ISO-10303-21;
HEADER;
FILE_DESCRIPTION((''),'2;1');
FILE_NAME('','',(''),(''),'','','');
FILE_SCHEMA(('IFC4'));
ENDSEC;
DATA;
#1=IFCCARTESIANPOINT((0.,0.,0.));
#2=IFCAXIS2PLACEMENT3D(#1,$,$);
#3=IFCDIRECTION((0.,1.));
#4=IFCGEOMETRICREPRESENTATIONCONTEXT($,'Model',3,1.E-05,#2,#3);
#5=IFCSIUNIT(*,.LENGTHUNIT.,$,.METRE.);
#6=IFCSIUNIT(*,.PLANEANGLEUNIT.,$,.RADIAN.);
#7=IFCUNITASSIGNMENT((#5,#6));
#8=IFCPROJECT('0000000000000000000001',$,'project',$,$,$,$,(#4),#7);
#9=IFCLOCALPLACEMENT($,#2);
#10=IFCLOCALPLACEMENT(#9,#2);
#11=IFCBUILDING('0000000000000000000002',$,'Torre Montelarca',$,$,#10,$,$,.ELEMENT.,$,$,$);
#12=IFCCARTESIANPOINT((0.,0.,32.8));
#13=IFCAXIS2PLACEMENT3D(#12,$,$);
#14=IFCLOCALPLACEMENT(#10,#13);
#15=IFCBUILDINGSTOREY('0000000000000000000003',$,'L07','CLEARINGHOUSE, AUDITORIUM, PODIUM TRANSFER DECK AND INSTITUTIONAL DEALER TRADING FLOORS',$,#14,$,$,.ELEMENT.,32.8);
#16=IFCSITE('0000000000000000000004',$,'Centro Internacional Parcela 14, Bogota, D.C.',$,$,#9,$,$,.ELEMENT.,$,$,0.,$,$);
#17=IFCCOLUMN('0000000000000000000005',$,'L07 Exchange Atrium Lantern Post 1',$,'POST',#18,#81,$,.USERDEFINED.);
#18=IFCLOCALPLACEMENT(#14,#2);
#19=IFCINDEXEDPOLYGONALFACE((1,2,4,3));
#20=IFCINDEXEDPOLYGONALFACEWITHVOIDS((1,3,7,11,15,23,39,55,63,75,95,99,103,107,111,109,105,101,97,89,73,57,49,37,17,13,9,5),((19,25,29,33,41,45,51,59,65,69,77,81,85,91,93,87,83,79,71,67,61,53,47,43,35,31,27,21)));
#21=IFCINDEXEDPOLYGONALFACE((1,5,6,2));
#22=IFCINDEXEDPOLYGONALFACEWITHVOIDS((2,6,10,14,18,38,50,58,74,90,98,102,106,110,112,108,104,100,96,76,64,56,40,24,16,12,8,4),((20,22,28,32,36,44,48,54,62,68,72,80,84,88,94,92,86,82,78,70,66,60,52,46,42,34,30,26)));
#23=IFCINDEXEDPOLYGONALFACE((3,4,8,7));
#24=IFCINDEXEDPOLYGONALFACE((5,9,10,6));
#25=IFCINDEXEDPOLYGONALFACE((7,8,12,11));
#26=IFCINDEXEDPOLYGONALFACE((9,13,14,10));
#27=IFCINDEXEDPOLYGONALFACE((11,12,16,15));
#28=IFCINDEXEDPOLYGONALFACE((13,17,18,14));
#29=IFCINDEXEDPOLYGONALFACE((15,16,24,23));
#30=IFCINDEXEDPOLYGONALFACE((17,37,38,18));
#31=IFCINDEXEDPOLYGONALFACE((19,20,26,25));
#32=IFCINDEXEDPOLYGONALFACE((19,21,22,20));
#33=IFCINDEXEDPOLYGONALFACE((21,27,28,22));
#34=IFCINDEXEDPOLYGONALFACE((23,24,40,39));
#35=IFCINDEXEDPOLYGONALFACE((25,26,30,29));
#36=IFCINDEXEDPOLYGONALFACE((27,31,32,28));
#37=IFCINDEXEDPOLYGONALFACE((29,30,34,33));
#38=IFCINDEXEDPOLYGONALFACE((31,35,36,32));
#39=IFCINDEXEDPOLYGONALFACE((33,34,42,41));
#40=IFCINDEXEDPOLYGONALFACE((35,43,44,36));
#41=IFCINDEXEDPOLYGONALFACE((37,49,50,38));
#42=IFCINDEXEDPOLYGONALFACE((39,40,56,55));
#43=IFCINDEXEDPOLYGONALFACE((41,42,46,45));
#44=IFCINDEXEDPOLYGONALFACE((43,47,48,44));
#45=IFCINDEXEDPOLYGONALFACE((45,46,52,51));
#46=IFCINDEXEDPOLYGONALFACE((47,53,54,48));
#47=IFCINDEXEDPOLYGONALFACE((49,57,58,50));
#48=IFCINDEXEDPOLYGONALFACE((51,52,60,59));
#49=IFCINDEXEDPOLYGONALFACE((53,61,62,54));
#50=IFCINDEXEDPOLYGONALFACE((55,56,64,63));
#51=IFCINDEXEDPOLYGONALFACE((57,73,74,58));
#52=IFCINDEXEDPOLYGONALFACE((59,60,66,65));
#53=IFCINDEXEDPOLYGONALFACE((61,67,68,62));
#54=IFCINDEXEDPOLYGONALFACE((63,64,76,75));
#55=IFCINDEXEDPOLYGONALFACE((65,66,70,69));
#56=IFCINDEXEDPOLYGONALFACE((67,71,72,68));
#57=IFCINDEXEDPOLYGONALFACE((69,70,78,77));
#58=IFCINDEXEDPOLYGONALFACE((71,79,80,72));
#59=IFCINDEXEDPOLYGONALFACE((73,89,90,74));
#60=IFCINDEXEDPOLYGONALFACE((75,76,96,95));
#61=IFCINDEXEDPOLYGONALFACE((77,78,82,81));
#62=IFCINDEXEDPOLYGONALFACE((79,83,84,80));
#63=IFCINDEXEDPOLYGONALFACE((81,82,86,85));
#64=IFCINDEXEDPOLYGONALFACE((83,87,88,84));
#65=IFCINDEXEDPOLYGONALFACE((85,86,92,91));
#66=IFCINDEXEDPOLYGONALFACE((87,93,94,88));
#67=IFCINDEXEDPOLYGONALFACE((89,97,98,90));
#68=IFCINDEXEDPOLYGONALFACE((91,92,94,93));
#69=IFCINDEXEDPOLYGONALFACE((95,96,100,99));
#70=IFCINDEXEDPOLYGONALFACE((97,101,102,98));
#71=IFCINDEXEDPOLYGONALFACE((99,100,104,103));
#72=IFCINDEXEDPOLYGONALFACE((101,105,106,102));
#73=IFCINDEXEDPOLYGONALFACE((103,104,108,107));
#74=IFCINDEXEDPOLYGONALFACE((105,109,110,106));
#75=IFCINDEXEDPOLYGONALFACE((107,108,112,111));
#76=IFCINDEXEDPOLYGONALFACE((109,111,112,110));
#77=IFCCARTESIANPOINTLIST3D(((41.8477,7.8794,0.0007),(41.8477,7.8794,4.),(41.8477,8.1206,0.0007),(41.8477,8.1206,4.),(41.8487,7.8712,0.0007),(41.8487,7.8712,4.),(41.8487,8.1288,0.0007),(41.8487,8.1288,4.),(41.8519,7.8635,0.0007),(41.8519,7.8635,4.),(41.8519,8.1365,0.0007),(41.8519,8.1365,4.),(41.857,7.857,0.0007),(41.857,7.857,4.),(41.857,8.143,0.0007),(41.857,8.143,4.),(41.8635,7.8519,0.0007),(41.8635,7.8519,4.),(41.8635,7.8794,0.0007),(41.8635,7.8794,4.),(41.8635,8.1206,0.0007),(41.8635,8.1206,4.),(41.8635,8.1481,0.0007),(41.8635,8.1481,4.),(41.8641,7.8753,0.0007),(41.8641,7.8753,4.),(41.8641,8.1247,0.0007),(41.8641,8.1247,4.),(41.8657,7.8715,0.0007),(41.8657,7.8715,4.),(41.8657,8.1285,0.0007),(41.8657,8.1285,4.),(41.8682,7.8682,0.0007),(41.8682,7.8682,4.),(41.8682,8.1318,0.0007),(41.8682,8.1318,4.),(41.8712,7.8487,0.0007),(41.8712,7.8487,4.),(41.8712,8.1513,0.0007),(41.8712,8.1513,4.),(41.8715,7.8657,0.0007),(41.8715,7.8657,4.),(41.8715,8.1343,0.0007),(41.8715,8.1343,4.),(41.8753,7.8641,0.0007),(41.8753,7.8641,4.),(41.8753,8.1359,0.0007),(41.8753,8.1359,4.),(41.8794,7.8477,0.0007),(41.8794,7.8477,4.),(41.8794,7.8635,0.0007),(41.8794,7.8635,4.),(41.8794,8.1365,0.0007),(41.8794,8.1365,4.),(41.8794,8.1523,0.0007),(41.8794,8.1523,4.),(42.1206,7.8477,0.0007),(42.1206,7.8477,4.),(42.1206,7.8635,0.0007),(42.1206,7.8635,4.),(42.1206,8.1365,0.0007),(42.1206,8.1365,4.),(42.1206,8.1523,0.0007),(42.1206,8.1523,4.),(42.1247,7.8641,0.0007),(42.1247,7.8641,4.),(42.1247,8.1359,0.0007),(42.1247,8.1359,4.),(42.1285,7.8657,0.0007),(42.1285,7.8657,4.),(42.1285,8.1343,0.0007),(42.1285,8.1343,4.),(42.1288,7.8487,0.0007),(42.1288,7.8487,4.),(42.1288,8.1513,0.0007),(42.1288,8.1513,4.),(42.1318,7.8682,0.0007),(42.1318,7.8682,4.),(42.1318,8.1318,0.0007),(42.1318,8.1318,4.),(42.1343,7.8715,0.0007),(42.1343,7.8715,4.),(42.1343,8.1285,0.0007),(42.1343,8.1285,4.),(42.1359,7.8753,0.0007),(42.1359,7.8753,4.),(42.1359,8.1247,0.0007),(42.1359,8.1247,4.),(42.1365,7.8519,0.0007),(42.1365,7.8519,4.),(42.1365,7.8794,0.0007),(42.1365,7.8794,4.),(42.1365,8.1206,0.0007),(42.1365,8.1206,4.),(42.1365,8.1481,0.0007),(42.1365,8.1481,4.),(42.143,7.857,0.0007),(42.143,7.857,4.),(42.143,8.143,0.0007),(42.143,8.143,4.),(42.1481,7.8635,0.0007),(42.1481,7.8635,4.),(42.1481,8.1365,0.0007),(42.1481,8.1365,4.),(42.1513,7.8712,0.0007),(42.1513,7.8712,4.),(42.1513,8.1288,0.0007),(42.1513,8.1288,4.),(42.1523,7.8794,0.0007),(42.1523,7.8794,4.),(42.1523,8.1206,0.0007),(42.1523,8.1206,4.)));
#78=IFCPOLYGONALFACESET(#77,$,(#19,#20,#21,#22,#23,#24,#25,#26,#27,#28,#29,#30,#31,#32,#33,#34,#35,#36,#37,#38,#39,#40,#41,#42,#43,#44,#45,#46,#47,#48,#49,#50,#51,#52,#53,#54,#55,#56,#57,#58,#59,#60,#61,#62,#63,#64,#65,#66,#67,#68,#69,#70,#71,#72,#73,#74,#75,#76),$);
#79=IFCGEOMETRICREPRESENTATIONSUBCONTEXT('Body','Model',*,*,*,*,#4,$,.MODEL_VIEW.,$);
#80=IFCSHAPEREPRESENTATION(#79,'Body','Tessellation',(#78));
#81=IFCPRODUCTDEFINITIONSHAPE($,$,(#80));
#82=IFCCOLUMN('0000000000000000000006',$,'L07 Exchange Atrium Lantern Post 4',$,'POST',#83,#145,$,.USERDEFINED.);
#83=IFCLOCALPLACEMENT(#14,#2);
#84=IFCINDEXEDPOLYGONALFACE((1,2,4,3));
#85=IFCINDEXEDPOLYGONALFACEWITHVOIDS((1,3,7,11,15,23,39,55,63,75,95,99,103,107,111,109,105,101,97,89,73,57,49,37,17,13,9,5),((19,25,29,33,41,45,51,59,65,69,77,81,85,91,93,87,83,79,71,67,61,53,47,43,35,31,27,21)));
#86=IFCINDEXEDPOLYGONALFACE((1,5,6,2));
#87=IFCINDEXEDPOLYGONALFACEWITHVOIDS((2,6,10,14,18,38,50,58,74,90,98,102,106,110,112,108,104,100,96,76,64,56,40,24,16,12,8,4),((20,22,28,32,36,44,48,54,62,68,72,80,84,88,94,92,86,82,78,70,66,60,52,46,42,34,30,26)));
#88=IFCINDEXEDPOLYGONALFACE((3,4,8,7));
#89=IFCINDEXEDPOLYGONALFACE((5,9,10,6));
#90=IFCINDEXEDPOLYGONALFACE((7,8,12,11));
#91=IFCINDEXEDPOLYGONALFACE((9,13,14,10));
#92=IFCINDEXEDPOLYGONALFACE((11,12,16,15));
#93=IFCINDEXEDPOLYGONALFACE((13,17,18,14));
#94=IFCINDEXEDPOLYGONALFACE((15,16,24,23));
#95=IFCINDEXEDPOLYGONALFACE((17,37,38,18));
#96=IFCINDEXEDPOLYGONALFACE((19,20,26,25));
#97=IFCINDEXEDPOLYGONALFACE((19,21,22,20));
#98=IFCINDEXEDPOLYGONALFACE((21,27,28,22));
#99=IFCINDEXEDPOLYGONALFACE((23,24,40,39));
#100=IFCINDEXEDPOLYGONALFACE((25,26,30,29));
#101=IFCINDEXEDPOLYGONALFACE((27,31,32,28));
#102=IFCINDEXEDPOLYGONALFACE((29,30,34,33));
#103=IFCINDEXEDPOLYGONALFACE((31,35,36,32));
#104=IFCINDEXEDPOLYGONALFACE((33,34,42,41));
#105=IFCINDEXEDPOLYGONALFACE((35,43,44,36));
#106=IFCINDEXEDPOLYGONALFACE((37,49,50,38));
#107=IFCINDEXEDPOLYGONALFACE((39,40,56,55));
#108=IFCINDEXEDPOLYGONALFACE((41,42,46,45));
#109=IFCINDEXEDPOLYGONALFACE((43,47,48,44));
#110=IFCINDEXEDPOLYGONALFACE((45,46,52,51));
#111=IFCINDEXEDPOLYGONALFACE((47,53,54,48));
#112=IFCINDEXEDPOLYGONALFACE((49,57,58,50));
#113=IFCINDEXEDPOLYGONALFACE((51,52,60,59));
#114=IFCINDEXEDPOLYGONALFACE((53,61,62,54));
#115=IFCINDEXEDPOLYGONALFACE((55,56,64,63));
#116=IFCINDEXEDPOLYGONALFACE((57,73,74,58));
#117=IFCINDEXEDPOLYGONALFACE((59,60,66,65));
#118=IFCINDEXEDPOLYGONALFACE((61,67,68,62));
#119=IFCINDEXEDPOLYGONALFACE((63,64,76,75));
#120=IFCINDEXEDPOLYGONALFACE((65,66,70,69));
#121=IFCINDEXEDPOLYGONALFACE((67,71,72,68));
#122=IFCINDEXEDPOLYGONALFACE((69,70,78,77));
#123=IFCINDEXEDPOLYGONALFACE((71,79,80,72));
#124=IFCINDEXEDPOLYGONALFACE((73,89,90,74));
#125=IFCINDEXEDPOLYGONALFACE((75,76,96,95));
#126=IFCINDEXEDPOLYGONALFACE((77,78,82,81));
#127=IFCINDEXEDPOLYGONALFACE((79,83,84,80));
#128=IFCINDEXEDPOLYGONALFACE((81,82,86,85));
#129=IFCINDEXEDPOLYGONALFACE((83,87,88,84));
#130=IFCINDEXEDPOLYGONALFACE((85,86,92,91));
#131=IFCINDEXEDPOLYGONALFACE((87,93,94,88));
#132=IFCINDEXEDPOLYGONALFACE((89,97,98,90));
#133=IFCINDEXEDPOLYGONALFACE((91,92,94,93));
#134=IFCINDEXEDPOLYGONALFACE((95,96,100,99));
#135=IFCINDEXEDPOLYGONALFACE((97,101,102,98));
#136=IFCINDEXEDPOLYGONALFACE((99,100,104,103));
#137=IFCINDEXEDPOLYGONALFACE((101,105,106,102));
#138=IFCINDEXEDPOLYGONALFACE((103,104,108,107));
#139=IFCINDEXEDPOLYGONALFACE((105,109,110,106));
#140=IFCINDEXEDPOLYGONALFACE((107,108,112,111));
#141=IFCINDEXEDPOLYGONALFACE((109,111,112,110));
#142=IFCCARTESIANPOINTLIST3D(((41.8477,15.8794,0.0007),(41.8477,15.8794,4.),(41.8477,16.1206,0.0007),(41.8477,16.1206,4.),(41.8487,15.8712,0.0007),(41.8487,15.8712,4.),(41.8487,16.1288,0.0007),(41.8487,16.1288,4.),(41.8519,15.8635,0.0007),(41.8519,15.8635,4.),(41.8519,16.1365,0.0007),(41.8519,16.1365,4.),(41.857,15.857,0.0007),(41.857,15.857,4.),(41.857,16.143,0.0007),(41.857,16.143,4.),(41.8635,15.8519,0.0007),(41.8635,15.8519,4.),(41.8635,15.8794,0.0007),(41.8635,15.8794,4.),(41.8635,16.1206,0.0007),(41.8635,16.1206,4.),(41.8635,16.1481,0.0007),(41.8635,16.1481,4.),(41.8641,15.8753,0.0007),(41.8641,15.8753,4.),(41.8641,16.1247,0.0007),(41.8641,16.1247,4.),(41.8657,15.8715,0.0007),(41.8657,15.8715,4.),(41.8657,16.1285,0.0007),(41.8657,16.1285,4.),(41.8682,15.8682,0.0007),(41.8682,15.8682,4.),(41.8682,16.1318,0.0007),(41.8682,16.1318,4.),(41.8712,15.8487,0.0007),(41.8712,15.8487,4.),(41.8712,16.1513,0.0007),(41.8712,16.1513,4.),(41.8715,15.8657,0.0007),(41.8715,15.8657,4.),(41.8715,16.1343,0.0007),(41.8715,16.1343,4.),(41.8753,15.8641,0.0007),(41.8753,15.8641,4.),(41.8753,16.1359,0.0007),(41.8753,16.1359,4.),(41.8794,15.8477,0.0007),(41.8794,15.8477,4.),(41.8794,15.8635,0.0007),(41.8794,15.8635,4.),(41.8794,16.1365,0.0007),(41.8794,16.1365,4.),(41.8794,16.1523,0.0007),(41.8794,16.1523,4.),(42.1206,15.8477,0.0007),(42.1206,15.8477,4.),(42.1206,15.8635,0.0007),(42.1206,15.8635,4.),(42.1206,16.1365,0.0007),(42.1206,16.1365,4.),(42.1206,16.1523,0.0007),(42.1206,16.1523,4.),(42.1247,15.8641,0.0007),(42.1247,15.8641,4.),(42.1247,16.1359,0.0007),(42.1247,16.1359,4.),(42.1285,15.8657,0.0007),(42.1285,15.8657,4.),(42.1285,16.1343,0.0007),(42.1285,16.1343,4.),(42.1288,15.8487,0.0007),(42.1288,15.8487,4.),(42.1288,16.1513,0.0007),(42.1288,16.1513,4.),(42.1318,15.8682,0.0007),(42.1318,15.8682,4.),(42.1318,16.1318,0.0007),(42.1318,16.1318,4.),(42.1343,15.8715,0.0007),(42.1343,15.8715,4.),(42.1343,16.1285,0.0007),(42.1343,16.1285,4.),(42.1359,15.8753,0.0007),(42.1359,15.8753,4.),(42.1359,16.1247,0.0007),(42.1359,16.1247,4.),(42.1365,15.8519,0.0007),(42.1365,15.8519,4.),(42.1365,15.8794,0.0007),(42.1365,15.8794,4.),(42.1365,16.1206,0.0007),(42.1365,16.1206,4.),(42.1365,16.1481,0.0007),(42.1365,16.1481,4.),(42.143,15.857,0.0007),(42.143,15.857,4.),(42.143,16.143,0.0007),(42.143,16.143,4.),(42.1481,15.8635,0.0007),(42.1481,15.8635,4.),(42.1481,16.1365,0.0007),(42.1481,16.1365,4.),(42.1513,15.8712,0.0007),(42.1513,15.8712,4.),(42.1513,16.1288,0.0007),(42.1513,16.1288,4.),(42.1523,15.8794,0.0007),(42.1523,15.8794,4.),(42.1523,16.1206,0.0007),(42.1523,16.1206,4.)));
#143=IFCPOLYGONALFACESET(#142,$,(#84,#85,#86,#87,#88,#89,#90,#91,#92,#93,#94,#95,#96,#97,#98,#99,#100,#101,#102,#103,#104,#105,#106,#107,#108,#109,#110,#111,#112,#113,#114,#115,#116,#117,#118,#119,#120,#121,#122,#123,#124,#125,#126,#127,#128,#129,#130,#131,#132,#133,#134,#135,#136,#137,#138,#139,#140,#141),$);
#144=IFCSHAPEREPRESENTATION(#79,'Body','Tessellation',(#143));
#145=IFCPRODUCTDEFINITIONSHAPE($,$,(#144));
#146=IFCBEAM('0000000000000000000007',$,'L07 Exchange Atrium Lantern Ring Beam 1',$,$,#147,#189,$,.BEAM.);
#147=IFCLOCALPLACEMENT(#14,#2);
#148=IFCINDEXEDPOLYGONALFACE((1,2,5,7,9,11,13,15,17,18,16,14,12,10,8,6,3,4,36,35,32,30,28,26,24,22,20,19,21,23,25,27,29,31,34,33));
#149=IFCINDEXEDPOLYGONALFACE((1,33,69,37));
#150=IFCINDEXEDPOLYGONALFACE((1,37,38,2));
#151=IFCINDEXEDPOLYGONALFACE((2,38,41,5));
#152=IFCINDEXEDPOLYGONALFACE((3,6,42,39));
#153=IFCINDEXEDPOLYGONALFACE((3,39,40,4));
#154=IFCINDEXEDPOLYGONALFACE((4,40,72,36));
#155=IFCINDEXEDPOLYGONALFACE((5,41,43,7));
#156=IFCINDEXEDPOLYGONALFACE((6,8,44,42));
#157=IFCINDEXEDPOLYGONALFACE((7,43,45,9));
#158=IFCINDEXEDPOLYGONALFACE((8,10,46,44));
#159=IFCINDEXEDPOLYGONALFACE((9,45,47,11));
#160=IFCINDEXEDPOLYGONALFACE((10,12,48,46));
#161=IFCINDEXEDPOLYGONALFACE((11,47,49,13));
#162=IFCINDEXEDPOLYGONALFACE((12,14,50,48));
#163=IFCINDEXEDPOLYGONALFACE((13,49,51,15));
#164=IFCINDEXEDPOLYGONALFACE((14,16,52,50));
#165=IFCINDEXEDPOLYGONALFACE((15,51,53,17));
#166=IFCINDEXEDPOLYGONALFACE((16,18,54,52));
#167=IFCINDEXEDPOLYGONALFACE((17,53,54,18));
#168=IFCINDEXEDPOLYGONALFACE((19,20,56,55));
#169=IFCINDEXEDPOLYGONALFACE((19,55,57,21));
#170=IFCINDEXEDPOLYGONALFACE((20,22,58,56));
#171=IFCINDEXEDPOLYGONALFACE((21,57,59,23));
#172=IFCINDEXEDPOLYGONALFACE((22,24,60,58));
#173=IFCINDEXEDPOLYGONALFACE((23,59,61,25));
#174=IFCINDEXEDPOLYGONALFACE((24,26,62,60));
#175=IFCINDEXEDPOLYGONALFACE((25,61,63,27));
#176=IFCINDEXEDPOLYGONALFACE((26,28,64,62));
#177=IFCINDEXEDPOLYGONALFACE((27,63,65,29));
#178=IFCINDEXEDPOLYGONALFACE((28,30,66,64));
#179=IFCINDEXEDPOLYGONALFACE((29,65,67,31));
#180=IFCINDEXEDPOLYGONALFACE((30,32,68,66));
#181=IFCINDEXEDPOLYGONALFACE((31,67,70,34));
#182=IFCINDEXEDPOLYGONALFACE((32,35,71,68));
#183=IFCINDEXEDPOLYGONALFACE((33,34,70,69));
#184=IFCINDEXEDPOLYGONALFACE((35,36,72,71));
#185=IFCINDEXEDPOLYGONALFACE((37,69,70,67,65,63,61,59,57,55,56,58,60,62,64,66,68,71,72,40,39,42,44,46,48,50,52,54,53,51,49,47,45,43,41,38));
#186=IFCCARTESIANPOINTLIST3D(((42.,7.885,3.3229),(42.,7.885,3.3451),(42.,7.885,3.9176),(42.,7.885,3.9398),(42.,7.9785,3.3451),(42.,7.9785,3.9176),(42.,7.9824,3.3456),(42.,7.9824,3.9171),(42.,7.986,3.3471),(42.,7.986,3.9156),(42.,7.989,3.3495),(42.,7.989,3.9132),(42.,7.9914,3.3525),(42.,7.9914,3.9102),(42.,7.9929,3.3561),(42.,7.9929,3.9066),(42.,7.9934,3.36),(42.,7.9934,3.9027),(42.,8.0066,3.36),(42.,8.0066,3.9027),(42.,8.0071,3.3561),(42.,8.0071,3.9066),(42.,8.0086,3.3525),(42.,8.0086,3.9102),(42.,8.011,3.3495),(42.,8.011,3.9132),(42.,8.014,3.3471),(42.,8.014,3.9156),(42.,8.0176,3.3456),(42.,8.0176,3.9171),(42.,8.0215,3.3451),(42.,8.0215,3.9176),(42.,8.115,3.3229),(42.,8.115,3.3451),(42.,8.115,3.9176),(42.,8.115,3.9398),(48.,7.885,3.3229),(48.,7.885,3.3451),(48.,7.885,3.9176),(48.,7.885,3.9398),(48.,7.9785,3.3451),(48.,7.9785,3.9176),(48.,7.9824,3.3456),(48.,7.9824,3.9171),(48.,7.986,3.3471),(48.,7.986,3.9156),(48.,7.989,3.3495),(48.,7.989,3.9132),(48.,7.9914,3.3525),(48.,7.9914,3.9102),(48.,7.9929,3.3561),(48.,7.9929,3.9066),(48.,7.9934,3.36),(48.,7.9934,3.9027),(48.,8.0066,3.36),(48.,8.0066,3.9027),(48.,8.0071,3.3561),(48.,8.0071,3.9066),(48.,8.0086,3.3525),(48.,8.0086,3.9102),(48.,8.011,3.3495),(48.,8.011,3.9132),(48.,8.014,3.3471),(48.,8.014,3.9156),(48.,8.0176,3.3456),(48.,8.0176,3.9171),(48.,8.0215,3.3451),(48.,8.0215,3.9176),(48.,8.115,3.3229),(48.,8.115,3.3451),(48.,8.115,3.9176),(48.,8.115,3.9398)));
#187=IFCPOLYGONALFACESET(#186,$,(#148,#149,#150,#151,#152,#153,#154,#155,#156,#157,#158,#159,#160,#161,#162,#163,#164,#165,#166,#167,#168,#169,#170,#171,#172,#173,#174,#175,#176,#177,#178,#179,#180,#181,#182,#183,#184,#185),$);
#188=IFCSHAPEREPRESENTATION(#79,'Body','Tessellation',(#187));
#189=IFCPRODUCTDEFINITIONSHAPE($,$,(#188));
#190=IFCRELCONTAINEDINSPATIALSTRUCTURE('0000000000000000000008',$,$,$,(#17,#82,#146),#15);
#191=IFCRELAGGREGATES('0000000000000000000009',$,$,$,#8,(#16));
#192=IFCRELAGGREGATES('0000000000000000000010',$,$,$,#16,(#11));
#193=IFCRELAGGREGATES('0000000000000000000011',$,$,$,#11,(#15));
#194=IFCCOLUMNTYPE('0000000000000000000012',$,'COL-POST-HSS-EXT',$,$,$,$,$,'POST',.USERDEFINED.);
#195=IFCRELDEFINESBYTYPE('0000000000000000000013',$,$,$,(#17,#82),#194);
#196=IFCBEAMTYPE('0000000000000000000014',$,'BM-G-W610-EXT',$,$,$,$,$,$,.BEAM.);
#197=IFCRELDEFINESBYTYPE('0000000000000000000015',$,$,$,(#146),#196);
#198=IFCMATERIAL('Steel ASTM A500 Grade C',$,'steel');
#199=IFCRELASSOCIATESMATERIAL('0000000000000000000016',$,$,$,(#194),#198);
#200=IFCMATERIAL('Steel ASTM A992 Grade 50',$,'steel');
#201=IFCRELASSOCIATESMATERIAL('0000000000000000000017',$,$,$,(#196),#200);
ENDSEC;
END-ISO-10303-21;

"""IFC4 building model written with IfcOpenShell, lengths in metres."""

from ifc_helpers import new_model, si_unit, direction, frame, origin, origin_2d, place, context, subcontext, project, spatial, hollow_rectangle, i_section, extrude, source, transform, mapped, material, material_profile, profile_set, type_object, element, save


model = new_model("IFC4")

# Units and contexts
model_context = context("Model", 3, precision=1e-05, world=origin(), true_north=direction((0.0, 1.0)))
body_context = subcontext(model_context, "Body", "Model", "MODEL_VIEW")
ifc_project = project(units=[si_unit("LENGTHUNIT", "METRE"), si_unit("PLANEANGLEUNIT", "RADIAN")], contexts=[model_context])

# Site, building, storey
site_placement = place(None, origin())
site = spatial("IfcSite", under=ifc_project, at=site_placement, Name="Centro Internacional Parcela 14, Bogota, D.C.", CompositionType="ELEMENT", RefElevation=0.0)
building_placement = place(site_placement, origin())
building = spatial("IfcBuilding", under=site, at=building_placement, Name="Torre Montelarca", CompositionType="ELEMENT")
storey_placement = place(building_placement, frame((0.0, 0.0, 32.8)))
storey = spatial("IfcBuildingStorey", under=building, at=storey_placement, Name="L07", Description="CLEARINGHOUSE, AUDITORIUM, PODIUM TRANSFER DECK AND INSTITUTIONAL DEALER TRADING FLOORS", CompositionType="ELEMENT", Elevation=32.8)

# Columns
ifc_material_1 = material(Name="Steel ASTM A500 Grade C", Category="steel")
ifc_material_profile_1 = material_profile(ifc_material_1, hollow_rectangle(XDim=0.3047, YDim=0.3047, WallThickness=0.0159, InnerFilletRadius=0.0159, OuterFilletRadius=0.0317, at=origin_2d()), Name="HSS305X305X15.9", Category="steel")
ifc_profile_set_1 = profile_set([ifc_material_profile_1], Name="Steel ASTM A500 Grade C")
column_type = type_object("IfcColumnType", Name="COL-POST-HSS-EXT", ElementType="POST", PredefinedType="USERDEFINED", material=ifc_profile_set_1)
shared_shape_1 = source(origin(), body_context, "Body", "SweptSolid", [
    extrude(hollow_rectangle(XDim=0.3047, YDim=0.3047, WallThickness=0.0159, InnerFilletRadius=0.0159, OuterFilletRadius=0.0317, at=origin_2d()), origin(), (0.0, 0.0, 1.0), 3.9993),
])
for number, where, z_axis, x_axis, name in (
    (1, (42.0, 8.0, 0.0007), (0.0, 0.0, 1.0), (1.0, 0.0, 0.0), "L07 Exchange Atrium Lantern Post 1"),
    (2, (42.0, 16.0, 0.0007), (0.0, 0.0, 1.0), (1.0, 0.0, 0.0), "L07 Exchange Atrium Lantern Post 4"),
):
    element("IfcColumn", number, at=place(storey_placement, frame(where, z_axis=z_axis, x_axis=x_axis)), inside=storey, type_object=column_type, Name=name, ObjectType="POST", PredefinedType="USERDEFINED", context=body_context, shape_type="MappedRepresentation", body=[
        mapped(shared_shape_1, transform((0.0, 0.0, 0.0), scale=1.0)),
    ])

# Beam
ifc_material_2 = material(Name="Steel ASTM A992 Grade 50", Category="steel")
ifc_material_profile_2 = material_profile(ifc_material_2, i_section(OverallWidth=0.23, OverallDepth=0.6169, WebThickness=0.0132, FlangeThickness=0.0222, FilletRadius=0.0149, at=origin_2d()), Name="W610X140", Category="steel")
ifc_profile_set_2 = profile_set([ifc_material_profile_2], Name="Steel ASTM A992 Grade 50")
beam_type = type_object("IfcBeamType", Name="BM-G-W610-EXT", PredefinedType="BEAM", material=ifc_profile_set_2)
shared_shape_2 = source(origin(), body_context, "Body", "SweptSolid", [
    extrude(i_section(OverallWidth=0.23, OverallDepth=0.6169, WebThickness=0.0132, FlangeThickness=0.0222, FilletRadius=0.0149, at=origin_2d()), origin(), (0.0, 0.0, 1.0), 6.0),
])
beam_1_placement = place(storey_placement, frame((42.0, 8.0, 3.6313), z_axis=(1.0, 0.0, 0.0), x_axis=(0.0, 1.0, 0.0)))
element("IfcBeam", 3, at=beam_1_placement, inside=storey, type_object=beam_type, Name="L07 Exchange Atrium Lantern Ring Beam 1", PredefinedType="BEAM", context=body_context, shape_type="MappedRepresentation", body=[
    mapped(shared_shape_2, transform((0.0, 0.0, 0.0), scale=1.0)),
])

save(model, "model.ifc")
